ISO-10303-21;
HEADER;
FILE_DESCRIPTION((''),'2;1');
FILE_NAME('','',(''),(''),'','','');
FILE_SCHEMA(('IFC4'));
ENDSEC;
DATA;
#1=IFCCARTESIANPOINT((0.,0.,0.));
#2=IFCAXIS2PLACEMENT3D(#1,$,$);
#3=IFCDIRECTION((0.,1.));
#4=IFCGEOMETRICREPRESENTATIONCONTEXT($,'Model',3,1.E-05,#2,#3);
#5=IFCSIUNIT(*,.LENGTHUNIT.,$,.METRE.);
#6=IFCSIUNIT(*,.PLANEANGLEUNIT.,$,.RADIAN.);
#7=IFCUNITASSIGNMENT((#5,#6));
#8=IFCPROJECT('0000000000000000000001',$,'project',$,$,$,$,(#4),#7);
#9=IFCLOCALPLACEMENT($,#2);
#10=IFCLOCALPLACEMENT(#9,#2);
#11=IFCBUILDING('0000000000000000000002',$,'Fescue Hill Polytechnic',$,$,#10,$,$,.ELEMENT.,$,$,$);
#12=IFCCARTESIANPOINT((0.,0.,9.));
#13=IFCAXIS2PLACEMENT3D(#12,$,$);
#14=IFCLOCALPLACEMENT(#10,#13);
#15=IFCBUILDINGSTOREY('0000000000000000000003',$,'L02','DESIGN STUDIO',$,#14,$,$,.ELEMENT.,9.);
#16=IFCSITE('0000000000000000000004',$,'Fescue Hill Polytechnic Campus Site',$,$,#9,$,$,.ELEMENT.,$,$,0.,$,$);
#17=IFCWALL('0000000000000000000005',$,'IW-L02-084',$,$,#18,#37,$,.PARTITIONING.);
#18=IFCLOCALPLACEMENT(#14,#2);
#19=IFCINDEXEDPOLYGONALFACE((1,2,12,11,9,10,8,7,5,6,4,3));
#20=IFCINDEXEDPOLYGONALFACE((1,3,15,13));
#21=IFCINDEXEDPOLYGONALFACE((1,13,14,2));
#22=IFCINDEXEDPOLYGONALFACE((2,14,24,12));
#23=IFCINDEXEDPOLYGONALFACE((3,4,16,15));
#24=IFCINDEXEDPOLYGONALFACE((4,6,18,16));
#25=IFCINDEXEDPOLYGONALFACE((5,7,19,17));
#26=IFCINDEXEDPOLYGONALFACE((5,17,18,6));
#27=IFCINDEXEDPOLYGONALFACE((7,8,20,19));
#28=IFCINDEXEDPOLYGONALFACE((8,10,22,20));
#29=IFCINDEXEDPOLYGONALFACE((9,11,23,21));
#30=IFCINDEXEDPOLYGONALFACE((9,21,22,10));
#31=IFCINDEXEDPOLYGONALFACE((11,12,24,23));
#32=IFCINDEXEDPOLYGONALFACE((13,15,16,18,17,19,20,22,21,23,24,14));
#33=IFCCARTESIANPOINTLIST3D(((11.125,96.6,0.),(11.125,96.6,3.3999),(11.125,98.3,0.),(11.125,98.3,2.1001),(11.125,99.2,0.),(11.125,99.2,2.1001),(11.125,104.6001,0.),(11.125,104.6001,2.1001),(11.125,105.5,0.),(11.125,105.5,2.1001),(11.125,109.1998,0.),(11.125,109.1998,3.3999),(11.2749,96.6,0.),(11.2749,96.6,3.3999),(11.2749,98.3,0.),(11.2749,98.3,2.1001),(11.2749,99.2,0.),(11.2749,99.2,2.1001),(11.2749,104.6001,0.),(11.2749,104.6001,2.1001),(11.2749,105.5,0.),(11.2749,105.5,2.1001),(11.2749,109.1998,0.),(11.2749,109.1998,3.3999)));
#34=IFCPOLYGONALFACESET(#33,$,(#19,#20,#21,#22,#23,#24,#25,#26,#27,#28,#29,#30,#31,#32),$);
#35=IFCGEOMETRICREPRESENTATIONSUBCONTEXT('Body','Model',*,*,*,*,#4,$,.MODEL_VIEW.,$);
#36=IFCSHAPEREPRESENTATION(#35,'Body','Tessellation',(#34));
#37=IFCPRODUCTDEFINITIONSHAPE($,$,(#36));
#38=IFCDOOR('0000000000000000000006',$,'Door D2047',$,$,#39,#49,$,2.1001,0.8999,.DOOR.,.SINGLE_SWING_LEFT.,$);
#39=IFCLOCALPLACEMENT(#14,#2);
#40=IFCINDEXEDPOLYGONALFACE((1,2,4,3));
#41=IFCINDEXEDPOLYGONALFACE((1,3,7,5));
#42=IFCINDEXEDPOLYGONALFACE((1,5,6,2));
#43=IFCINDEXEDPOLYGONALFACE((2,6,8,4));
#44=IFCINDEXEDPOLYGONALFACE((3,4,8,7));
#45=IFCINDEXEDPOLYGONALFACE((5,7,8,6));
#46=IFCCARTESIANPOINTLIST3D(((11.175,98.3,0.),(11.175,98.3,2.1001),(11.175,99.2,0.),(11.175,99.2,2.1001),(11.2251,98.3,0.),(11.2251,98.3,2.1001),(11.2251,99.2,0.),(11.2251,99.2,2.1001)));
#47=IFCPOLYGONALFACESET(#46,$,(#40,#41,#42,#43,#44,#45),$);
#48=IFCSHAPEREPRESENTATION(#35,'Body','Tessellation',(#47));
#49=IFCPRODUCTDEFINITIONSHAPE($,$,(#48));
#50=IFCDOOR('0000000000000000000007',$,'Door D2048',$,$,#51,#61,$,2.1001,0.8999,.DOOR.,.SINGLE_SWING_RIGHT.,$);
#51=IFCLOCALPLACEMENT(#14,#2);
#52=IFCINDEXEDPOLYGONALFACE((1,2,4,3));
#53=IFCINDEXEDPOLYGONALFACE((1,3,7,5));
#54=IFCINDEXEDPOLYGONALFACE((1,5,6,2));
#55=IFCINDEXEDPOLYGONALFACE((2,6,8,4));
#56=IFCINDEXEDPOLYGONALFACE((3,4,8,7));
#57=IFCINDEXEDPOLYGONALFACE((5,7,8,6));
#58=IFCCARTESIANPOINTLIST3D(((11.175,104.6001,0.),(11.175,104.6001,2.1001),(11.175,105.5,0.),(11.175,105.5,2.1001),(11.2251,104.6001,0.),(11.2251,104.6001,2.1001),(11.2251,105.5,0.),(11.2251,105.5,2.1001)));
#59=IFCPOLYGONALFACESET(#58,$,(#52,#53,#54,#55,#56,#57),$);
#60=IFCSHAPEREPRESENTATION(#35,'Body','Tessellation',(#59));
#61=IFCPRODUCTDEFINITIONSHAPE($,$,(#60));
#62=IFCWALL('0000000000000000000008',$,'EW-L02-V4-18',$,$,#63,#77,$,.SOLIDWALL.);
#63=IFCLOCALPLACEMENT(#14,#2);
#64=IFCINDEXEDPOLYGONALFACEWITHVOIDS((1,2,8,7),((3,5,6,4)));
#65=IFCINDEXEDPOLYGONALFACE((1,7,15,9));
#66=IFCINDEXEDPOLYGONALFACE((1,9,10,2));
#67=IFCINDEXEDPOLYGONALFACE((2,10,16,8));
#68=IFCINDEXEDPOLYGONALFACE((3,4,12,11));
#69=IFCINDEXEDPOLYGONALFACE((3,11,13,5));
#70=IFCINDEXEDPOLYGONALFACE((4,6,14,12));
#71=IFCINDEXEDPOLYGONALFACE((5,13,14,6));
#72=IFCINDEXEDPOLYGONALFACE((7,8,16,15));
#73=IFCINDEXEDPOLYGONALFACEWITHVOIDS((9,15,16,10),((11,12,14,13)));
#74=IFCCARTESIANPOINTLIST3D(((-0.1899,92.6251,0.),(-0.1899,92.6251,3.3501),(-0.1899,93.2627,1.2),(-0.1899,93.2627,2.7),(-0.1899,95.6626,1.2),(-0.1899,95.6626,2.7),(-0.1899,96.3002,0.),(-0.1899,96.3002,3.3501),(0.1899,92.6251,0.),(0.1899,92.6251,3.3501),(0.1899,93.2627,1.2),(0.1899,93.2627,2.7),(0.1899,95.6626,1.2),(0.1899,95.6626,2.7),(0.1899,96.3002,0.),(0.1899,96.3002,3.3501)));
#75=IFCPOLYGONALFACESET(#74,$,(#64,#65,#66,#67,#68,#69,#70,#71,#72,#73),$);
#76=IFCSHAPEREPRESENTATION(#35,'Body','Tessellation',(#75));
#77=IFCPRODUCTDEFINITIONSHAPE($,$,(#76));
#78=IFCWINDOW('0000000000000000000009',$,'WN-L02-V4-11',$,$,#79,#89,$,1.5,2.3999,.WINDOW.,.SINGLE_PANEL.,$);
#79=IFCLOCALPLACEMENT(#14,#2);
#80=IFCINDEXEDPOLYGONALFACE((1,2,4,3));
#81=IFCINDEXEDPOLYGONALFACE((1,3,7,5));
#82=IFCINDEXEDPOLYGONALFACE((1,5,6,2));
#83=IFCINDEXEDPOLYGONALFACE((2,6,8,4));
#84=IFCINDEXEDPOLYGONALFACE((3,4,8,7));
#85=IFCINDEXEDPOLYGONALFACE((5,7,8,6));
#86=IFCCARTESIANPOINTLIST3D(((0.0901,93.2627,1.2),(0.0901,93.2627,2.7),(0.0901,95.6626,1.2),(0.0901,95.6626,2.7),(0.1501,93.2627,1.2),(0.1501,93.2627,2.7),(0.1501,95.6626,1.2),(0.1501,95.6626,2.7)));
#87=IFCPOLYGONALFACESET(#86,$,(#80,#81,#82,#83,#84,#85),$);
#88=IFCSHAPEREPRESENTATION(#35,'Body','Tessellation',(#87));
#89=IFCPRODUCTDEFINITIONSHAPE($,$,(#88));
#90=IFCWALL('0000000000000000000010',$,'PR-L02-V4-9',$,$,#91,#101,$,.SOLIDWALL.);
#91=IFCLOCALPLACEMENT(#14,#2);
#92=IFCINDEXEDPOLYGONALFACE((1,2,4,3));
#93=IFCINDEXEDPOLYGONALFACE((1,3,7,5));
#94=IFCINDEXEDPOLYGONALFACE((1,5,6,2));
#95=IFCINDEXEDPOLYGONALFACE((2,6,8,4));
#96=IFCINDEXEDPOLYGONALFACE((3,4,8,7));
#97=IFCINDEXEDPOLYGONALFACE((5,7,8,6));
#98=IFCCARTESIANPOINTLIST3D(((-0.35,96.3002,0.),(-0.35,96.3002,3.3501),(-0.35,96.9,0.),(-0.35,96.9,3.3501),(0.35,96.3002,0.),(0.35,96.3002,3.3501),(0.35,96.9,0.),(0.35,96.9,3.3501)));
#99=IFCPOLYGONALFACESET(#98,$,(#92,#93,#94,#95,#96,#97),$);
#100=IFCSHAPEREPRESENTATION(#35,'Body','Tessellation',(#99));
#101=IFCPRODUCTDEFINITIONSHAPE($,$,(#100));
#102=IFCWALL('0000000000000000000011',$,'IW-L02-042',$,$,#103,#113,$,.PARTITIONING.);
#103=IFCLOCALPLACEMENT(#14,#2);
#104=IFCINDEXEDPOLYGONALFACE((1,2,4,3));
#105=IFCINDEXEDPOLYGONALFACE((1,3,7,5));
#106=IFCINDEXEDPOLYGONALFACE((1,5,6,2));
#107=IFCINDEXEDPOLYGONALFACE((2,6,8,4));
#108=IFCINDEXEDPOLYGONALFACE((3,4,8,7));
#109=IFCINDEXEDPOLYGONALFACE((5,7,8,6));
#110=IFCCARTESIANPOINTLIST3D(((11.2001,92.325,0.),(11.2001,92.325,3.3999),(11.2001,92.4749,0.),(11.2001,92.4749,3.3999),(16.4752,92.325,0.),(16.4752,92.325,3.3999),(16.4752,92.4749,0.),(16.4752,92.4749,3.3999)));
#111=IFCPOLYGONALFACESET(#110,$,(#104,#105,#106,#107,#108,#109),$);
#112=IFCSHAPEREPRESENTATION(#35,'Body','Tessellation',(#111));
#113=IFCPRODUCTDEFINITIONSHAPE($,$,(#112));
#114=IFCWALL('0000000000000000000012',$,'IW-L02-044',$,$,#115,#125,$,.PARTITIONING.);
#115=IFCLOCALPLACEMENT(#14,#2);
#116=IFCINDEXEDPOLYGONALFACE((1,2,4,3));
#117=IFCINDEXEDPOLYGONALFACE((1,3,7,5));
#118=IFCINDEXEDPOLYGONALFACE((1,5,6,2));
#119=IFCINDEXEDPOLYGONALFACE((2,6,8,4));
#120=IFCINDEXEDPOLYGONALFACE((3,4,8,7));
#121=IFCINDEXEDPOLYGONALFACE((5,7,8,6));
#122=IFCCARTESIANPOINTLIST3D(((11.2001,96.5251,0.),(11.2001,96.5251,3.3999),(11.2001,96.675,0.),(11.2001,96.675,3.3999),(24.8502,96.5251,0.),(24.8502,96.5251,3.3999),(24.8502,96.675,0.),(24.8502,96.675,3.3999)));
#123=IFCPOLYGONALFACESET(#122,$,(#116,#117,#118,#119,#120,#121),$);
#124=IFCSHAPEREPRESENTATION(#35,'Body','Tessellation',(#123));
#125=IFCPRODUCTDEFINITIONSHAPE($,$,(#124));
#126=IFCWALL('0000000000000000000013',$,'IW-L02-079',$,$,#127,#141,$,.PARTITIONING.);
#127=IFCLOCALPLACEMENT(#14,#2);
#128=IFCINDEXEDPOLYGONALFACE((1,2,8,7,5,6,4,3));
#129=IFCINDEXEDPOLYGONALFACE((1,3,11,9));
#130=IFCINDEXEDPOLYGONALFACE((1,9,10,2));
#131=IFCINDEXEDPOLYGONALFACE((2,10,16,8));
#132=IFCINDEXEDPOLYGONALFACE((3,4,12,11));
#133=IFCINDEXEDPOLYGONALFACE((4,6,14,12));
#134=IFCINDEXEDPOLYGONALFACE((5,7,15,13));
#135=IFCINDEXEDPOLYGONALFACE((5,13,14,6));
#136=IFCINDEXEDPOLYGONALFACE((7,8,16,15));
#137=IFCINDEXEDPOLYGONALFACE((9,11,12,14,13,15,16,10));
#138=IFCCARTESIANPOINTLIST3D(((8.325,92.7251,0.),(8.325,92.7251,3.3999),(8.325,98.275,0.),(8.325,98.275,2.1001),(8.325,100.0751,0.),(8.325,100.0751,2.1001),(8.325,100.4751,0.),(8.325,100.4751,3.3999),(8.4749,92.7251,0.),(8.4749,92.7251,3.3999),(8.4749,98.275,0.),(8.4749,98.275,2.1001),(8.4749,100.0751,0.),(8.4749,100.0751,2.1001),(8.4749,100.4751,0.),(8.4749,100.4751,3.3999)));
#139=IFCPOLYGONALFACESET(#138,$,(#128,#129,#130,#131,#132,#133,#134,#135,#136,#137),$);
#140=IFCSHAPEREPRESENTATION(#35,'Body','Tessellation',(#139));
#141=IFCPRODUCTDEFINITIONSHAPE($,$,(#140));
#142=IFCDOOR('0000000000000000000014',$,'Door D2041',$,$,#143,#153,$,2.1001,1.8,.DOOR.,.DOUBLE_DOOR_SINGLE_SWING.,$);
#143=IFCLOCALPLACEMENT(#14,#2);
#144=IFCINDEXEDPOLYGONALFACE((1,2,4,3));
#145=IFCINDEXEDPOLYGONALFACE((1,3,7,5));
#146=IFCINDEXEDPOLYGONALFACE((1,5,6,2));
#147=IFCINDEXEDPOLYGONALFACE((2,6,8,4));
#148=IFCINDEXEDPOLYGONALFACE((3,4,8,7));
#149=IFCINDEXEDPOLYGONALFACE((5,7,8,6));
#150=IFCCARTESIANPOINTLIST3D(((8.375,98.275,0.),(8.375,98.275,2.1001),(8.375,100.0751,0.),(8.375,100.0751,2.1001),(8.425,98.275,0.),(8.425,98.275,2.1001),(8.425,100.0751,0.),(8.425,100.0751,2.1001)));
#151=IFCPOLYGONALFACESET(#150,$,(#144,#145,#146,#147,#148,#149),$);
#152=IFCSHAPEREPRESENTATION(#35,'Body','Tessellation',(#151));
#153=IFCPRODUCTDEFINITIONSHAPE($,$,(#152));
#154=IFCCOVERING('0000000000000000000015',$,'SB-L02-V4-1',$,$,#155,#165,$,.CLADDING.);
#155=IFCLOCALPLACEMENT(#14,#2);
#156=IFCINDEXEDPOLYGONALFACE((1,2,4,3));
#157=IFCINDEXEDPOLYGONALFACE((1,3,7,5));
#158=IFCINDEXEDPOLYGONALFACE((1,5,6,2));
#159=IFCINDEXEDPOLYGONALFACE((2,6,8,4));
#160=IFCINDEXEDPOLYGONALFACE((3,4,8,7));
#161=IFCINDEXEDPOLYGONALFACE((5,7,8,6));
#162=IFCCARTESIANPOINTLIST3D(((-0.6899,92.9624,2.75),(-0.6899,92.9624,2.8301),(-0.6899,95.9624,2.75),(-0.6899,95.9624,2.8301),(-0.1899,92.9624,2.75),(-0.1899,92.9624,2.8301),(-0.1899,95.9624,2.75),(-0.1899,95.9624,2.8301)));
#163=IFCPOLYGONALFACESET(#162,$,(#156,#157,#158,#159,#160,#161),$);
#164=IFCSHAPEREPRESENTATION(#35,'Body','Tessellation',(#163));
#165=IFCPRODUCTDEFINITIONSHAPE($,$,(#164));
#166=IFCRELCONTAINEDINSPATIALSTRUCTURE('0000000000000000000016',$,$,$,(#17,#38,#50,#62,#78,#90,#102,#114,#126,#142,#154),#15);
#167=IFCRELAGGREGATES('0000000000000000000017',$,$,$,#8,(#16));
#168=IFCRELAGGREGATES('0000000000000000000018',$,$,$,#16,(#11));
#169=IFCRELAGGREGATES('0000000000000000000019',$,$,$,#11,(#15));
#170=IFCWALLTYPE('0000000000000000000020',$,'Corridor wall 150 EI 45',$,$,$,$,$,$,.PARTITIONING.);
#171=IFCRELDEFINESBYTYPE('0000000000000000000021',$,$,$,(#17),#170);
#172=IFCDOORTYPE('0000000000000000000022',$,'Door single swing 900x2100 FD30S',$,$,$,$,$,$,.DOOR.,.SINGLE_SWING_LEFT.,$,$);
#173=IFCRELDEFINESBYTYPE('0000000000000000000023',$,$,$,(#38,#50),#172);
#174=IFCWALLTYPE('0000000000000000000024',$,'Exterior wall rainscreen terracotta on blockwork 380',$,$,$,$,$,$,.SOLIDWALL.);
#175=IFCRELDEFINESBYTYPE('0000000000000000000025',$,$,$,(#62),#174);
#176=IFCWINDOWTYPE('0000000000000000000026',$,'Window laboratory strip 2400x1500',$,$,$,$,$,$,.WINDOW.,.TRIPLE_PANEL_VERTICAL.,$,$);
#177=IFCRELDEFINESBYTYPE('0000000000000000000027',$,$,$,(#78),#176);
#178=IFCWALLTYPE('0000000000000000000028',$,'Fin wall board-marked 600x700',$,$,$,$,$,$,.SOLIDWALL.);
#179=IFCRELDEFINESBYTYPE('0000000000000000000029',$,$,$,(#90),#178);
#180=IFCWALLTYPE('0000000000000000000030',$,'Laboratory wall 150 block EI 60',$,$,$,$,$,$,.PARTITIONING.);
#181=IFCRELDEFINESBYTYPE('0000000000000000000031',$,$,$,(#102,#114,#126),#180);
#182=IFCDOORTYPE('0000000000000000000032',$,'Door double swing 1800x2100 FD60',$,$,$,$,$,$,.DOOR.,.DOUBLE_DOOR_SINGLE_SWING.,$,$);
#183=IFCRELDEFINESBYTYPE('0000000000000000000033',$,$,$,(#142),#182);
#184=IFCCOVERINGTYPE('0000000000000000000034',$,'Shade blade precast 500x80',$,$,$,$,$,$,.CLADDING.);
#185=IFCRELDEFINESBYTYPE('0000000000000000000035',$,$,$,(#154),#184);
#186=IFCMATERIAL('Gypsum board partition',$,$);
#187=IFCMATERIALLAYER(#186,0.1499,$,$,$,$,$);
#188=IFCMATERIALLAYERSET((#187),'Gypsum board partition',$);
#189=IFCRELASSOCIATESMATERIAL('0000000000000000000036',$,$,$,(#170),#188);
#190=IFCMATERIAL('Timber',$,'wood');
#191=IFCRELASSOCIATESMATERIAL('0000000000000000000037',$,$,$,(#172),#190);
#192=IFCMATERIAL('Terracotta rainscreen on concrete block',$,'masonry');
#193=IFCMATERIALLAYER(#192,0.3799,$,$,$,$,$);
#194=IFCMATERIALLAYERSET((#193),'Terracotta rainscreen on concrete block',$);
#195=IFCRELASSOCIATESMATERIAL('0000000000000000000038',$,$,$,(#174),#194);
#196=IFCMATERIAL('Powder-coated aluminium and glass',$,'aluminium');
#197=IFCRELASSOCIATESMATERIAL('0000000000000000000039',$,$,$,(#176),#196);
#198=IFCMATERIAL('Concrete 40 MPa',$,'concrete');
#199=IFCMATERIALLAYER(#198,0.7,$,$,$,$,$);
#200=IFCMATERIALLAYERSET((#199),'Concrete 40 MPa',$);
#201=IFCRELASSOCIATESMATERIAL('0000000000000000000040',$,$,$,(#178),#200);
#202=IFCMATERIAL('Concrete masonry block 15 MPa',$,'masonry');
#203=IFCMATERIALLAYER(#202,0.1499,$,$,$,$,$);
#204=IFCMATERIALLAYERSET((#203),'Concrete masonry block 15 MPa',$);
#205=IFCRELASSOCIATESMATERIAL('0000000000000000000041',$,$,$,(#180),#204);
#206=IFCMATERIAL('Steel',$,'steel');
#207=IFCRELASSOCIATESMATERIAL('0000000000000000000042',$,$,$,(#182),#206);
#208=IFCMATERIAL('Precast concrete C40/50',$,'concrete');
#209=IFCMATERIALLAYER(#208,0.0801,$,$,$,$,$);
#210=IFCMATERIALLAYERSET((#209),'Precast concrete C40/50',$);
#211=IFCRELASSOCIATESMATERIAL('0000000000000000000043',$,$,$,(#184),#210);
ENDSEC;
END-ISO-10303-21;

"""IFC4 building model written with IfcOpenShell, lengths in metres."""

from ifc_helpers import new_model, si_unit, direction, frame, frame_2d, origin, origin_2d, place, context, subcontext, project, spatial, rectangle, extrude, material, layer, layer_set, type_object, element, fill, save


model = new_model("IFC4")

# Units and contexts
model_context = context("Model", 3, precision=1e-05, world=origin(), true_north=direction((0.0, 1.0)))
body_context = subcontext(model_context, "Body", "Model", "MODEL_VIEW")
ifc_project = project(units=[si_unit("LENGTHUNIT", "METRE"), si_unit("PLANEANGLEUNIT", "RADIAN")], contexts=[model_context])

# Site, building, storey
site_placement = place(None, origin())
site = spatial("IfcSite", under=ifc_project, at=site_placement, Name="Fescue Hill Polytechnic Campus Site", CompositionType="ELEMENT", RefElevation=0.0)
building_placement = place(site_placement, origin())
building = spatial("IfcBuilding", under=site, at=building_placement, Name="Fescue Hill Polytechnic", CompositionType="ELEMENT")
storey_placement = place(building_placement, frame((0.0, 0.0, 9.0)))
storey = spatial("IfcBuildingStorey", under=building, at=storey_placement, Name="L02", Description="DESIGN STUDIO", CompositionType="ELEMENT", Elevation=9.0)

# Shared definitions
ifc_material_1 = material(Name="Concrete 40 MPa", Category="concrete")

# Wall, openings, doors
ifc_material_2 = material(Name="Gypsum board partition")
ifc_layer_1 = layer(ifc_material_2, 0.1499)
ifc_layer_set_1 = layer_set([ifc_layer_1], Name="Gypsum board partition")
wall_type_1 = type_object("IfcWallType", Name="Corridor wall 150 EI 45", PredefinedType="PARTITIONING", material=ifc_layer_set_1)
wall_1_placement = place(storey_placement, frame((11.2, 96.6001, 0.0), z_axis=(0.0, 0.0, 1.0), x_axis=(0.0, 1.0, 0.0)))
wall_1 = element("IfcWall", 1, at=wall_1_placement, inside=storey, type_object=wall_type_1, Name="IW-L02-084", PredefinedType="PARTITIONING", context=body_context, shape_type="SweptSolid", body=[
    extrude(rectangle(XDim=12.5999, YDim=0.1499, at=frame_2d((6.2998, 0.0))), origin(), (0.0, 0.0, 1.0), 3.3999),
])
opening_1_placement = place(wall_1_placement, frame((1.7, 0.0, 0.0)))
opening_1 = element("IfcOpeningElement", 2, at=opening_1_placement, cuts=wall_1, PredefinedType="OPENING", context=body_context, shape_type="SweptSolid", body=[
    extrude(rectangle(XDim=0.8999, YDim=2.1001, at=frame_2d((0.45, 1.05))), frame((0.0, 0.085, 0.0), z_axis=(0.0, -1.0, 0.0), x_axis=(1.0, 0.0, 0.0)), (0.0, 0.0, 1.0), 0.1699),
])
opening_2_placement = place(wall_1_placement, frame((8.0, 0.0, 0.0)))
opening_2 = element("IfcOpeningElement", 3, at=opening_2_placement, cuts=wall_1, PredefinedType="OPENING", context=body_context, shape_type="SweptSolid", body=[
    extrude(rectangle(XDim=0.8999, YDim=2.1001, at=frame_2d((0.45, 1.05))), frame((0.0, 0.085, 0.0), z_axis=(0.0, -1.0, 0.0), x_axis=(1.0, 0.0, 0.0)), (0.0, 0.0, 1.0), 0.1699),
])
ifc_material_3 = material(Name="Timber", Category="wood")
door_type_1 = type_object("IfcDoorType", Name="Door single swing 900x2100 FD30S", OperationType="SINGLE_SWING_LEFT", PredefinedType="DOOR", material=ifc_material_3)
door_1_placement = place(opening_1_placement, origin())
door_1 = element("IfcDoor", 4, at=door_1_placement, inside=storey, type_object=door_type_1, Name="Door D2047", OperationType="SINGLE_SWING_LEFT", OverallHeight=2.1001, OverallWidth=0.8999, PredefinedType="DOOR", context=body_context, shape_type="SweptSolid", body=[
    extrude(rectangle(XDim=0.8999, YDim=2.1001, at=frame_2d((0.45, 1.05))), frame((0.0, 0.0249, 0.0), z_axis=(0.0, -1.0, 0.0), x_axis=(1.0, 0.0, 0.0)), (0.0, 0.0, 1.0), 0.05),
])
fill(opening_1, door_1)
door_2_placement = place(opening_2_placement, origin())
door_2 = element("IfcDoor", 5, at=door_2_placement, inside=storey, type_object=door_type_1, Name="Door D2048", OperationType="SINGLE_SWING_RIGHT", OverallHeight=2.1001, OverallWidth=0.8999, PredefinedType="DOOR", context=body_context, shape_type="SweptSolid", body=[
    extrude(rectangle(XDim=0.8999, YDim=2.1001, at=frame_2d((0.45, 1.05))), frame((0.0, 0.0249, 0.0), z_axis=(0.0, -1.0, 0.0), x_axis=(1.0, 0.0, 0.0)), (0.0, 0.0, 1.0), 0.05),
])
fill(opening_2, door_2)

# Wall, opening, window
ifc_material_4 = material(Name="Terracotta rainscreen on concrete block", Category="masonry")
ifc_layer_2 = layer(ifc_material_4, 0.3799)
ifc_layer_set_2 = layer_set([ifc_layer_2], Name="Terracotta rainscreen on concrete block")
wall_type_2 = type_object("IfcWallType", Name="Exterior wall rainscreen terracotta on blockwork 380", PredefinedType="SOLIDWALL", material=ifc_layer_set_2)
wall_2_placement = place(storey_placement, frame((0.0, 96.3, 0.0), z_axis=(0.0, 0.0, 1.0), x_axis=(0.0, -1.0, 0.0)))
wall_2 = element("IfcWall", 6, at=wall_2_placement, inside=storey, type_object=wall_type_2, Name="EW-L02-V4-18", PredefinedType="SOLIDWALL", context=body_context, shape_type="SweptSolid", body=[
    extrude(rectangle(XDim=3.675, YDim=0.3799, at=frame_2d((1.8374, 0.0))), origin(), (0.0, 0.0, 1.0), 3.3501),
])
opening_3_placement = place(wall_2_placement, frame((0.6375, 0.0, 1.2)))
opening_3 = element("IfcOpeningElement", 7, at=opening_3_placement, cuts=wall_2, PredefinedType="OPENING", context=body_context, shape_type="SweptSolid", body=[
    extrude(rectangle(XDim=2.3999, YDim=1.5, at=frame_2d((1.2, 0.75))), frame((0.0, 0.2, 0.0), z_axis=(0.0, -1.0, 0.0), x_axis=(1.0, 0.0, 0.0)), (0.0, 0.0, 1.0), 0.3999),
])
ifc_material_5 = material(Name="Powder-coated aluminium and glass", Category="aluminium")
window_type = type_object("IfcWindowType", Name="Window laboratory strip 2400x1500", PartitioningType="TRIPLE_PANEL_VERTICAL", PredefinedType="WINDOW", material=ifc_material_5)
window_placement = place(opening_3_placement, origin())
window = element("IfcWindow", 8, at=window_placement, inside=storey, type_object=window_type, Name="WN-L02-V4-11", OverallHeight=1.5, OverallWidth=2.3999, PartitioningType="SINGLE_PANEL", PredefinedType="WINDOW", context=body_context, shape_type="SweptSolid", body=[
    extrude(rectangle(XDim=2.3999, YDim=1.5, at=frame_2d((1.2, 0.75))), frame((0.0, 0.1501, 0.0), z_axis=(0.0, -1.0, 0.0), x_axis=(1.0, 0.0, 0.0)), (0.0, 0.0, 1.0), 0.0601),
])
fill(opening_3, window)

# Walls
ifc_layer_3 = layer(ifc_material_1, 0.7)
ifc_layer_set_3 = layer_set([ifc_layer_3], Name="Concrete 40 MPa")
wall_type_3 = type_object("IfcWallType", Name="Fin wall board-marked 600x700", PredefinedType="SOLIDWALL", material=ifc_layer_set_3)
wall_3_placement = place(storey_placement, frame((0.0, 96.8999, 0.0), z_axis=(0.0, 0.0, 1.0), x_axis=(0.0, -1.0, 0.0)))
element("IfcWall", 9, at=wall_3_placement, inside=storey, type_object=wall_type_3, Name="PR-L02-V4-9", PredefinedType="SOLIDWALL", context=body_context, shape_type="SweptSolid", body=[
    extrude(rectangle(XDim=0.5999, YDim=0.7, at=frame_2d((0.2998, 0.0))), origin(), (0.0, 0.0, 1.0), 3.3501),
])
ifc_material_6 = material(Name="Concrete masonry block 15 MPa", Category="masonry")
ifc_layer_4 = layer(ifc_material_6, 0.1499)
ifc_layer_set_4 = layer_set([ifc_layer_4], Name="Concrete masonry block 15 MPa")
wall_type_4 = type_object("IfcWallType", Name="Laboratory wall 150 block EI 60", PredefinedType="PARTITIONING", material=ifc_layer_set_4)
wall_4_placement = place(storey_placement, frame((11.2, 92.3999, 0.0), z_axis=(0.0, 0.0, 1.0), x_axis=(1.0, 0.0, 0.0)))
element("IfcWall", 10, at=wall_4_placement, inside=storey, type_object=wall_type_4, Name="IW-L02-042", PredefinedType="PARTITIONING", context=body_context, shape_type="SweptSolid", body=[
    extrude(rectangle(XDim=5.2751, YDim=0.1499, at=frame_2d((2.6377, 0.0))), origin(), (0.0, 0.0, 1.0), 3.3999),
])
wall_5_placement = place(storey_placement, frame((11.2, 96.6001, 0.0), z_axis=(0.0, 0.0, 1.0), x_axis=(1.0, 0.0, 0.0)))
element("IfcWall", 11, at=wall_5_placement, inside=storey, type_object=wall_type_4, Name="IW-L02-044", PredefinedType="PARTITIONING", context=body_context, shape_type="SweptSolid", body=[
    extrude(rectangle(XDim=13.6501, YDim=0.1499, at=frame_2d((6.8252, 0.0))), origin(), (0.0, 0.0, 1.0), 3.3999),
])

# Wall, opening, door
wall_6_placement = place(storey_placement, frame((8.3999, 92.7251, 0.0), z_axis=(0.0, 0.0, 1.0), x_axis=(0.0, 1.0, 0.0)))
wall_6 = element("IfcWall", 12, at=wall_6_placement, inside=storey, type_object=wall_type_4, Name="IW-L02-079", PredefinedType="PARTITIONING", context=body_context, shape_type="SweptSolid", body=[
    extrude(rectangle(XDim=7.75, YDim=0.1499, at=frame_2d((3.875, 0.0))), origin(), (0.0, 0.0, 1.0), 3.3999),
])
opening_4_placement = place(wall_6_placement, frame((5.55, 0.0, 0.0)))
opening_4 = element("IfcOpeningElement", 13, at=opening_4_placement, cuts=wall_6, PredefinedType="OPENING", context=body_context, shape_type="SweptSolid", body=[
    extrude(rectangle(XDim=1.8, YDim=2.1001, at=frame_2d((0.8999, 1.05))), frame((0.0, 0.085, 0.0), z_axis=(0.0, -1.0, 0.0), x_axis=(1.0, 0.0, 0.0)), (0.0, 0.0, 1.0), 0.1699),
])
ifc_material_7 = material(Name="Steel", Category="steel")
door_type_2 = type_object("IfcDoorType", Name="Door double swing 1800x2100 FD60", OperationType="DOUBLE_DOOR_SINGLE_SWING", PredefinedType="DOOR", material=ifc_material_7)
door_3_placement = place(opening_4_placement, origin())
door_3 = element("IfcDoor", 14, at=door_3_placement, inside=storey, type_object=door_type_2, Name="Door D2041", OperationType="DOUBLE_DOOR_SINGLE_SWING", OverallHeight=2.1001, OverallWidth=1.8, PredefinedType="DOOR", context=body_context, shape_type="SweptSolid", body=[
    extrude(rectangle(XDim=1.8, YDim=2.1001, at=frame_2d((0.8999, 1.05))), frame((0.0, 0.0249, 0.0), z_axis=(0.0, -1.0, 0.0), x_axis=(1.0, 0.0, 0.0)), (0.0, 0.0, 1.0), 0.05),
])
fill(opening_4, door_3)

# Covering
ifc_material_8 = material(Name="Precast concrete C40/50", Category="concrete")
ifc_layer_5 = layer(ifc_material_8, 0.0801)
ifc_layer_set_5 = layer_set([ifc_layer_5], Name="Precast concrete C40/50")
covering_type = type_object("IfcCoveringType", Name="Shade blade precast 500x80", PredefinedType="CLADDING", material=ifc_layer_set_5)
covering_placement = place(storey_placement, frame((-0.4399, 94.4624, 2.75), z_axis=(0.0, 0.0, 1.0), x_axis=(0.0, -1.0, 0.0)))
element("IfcCovering", 15, at=covering_placement, inside=storey, type_object=covering_type, Name="SB-L02-V4-1", PredefinedType="CLADDING", context=body_context, shape_type="SweptSolid", body=[
    extrude(rectangle(XDim=3.0, YDim=0.5, at=origin_2d()), origin(), (0.0, 0.0, 1.0), 0.0801),
])

save(model, "model.ifc")
